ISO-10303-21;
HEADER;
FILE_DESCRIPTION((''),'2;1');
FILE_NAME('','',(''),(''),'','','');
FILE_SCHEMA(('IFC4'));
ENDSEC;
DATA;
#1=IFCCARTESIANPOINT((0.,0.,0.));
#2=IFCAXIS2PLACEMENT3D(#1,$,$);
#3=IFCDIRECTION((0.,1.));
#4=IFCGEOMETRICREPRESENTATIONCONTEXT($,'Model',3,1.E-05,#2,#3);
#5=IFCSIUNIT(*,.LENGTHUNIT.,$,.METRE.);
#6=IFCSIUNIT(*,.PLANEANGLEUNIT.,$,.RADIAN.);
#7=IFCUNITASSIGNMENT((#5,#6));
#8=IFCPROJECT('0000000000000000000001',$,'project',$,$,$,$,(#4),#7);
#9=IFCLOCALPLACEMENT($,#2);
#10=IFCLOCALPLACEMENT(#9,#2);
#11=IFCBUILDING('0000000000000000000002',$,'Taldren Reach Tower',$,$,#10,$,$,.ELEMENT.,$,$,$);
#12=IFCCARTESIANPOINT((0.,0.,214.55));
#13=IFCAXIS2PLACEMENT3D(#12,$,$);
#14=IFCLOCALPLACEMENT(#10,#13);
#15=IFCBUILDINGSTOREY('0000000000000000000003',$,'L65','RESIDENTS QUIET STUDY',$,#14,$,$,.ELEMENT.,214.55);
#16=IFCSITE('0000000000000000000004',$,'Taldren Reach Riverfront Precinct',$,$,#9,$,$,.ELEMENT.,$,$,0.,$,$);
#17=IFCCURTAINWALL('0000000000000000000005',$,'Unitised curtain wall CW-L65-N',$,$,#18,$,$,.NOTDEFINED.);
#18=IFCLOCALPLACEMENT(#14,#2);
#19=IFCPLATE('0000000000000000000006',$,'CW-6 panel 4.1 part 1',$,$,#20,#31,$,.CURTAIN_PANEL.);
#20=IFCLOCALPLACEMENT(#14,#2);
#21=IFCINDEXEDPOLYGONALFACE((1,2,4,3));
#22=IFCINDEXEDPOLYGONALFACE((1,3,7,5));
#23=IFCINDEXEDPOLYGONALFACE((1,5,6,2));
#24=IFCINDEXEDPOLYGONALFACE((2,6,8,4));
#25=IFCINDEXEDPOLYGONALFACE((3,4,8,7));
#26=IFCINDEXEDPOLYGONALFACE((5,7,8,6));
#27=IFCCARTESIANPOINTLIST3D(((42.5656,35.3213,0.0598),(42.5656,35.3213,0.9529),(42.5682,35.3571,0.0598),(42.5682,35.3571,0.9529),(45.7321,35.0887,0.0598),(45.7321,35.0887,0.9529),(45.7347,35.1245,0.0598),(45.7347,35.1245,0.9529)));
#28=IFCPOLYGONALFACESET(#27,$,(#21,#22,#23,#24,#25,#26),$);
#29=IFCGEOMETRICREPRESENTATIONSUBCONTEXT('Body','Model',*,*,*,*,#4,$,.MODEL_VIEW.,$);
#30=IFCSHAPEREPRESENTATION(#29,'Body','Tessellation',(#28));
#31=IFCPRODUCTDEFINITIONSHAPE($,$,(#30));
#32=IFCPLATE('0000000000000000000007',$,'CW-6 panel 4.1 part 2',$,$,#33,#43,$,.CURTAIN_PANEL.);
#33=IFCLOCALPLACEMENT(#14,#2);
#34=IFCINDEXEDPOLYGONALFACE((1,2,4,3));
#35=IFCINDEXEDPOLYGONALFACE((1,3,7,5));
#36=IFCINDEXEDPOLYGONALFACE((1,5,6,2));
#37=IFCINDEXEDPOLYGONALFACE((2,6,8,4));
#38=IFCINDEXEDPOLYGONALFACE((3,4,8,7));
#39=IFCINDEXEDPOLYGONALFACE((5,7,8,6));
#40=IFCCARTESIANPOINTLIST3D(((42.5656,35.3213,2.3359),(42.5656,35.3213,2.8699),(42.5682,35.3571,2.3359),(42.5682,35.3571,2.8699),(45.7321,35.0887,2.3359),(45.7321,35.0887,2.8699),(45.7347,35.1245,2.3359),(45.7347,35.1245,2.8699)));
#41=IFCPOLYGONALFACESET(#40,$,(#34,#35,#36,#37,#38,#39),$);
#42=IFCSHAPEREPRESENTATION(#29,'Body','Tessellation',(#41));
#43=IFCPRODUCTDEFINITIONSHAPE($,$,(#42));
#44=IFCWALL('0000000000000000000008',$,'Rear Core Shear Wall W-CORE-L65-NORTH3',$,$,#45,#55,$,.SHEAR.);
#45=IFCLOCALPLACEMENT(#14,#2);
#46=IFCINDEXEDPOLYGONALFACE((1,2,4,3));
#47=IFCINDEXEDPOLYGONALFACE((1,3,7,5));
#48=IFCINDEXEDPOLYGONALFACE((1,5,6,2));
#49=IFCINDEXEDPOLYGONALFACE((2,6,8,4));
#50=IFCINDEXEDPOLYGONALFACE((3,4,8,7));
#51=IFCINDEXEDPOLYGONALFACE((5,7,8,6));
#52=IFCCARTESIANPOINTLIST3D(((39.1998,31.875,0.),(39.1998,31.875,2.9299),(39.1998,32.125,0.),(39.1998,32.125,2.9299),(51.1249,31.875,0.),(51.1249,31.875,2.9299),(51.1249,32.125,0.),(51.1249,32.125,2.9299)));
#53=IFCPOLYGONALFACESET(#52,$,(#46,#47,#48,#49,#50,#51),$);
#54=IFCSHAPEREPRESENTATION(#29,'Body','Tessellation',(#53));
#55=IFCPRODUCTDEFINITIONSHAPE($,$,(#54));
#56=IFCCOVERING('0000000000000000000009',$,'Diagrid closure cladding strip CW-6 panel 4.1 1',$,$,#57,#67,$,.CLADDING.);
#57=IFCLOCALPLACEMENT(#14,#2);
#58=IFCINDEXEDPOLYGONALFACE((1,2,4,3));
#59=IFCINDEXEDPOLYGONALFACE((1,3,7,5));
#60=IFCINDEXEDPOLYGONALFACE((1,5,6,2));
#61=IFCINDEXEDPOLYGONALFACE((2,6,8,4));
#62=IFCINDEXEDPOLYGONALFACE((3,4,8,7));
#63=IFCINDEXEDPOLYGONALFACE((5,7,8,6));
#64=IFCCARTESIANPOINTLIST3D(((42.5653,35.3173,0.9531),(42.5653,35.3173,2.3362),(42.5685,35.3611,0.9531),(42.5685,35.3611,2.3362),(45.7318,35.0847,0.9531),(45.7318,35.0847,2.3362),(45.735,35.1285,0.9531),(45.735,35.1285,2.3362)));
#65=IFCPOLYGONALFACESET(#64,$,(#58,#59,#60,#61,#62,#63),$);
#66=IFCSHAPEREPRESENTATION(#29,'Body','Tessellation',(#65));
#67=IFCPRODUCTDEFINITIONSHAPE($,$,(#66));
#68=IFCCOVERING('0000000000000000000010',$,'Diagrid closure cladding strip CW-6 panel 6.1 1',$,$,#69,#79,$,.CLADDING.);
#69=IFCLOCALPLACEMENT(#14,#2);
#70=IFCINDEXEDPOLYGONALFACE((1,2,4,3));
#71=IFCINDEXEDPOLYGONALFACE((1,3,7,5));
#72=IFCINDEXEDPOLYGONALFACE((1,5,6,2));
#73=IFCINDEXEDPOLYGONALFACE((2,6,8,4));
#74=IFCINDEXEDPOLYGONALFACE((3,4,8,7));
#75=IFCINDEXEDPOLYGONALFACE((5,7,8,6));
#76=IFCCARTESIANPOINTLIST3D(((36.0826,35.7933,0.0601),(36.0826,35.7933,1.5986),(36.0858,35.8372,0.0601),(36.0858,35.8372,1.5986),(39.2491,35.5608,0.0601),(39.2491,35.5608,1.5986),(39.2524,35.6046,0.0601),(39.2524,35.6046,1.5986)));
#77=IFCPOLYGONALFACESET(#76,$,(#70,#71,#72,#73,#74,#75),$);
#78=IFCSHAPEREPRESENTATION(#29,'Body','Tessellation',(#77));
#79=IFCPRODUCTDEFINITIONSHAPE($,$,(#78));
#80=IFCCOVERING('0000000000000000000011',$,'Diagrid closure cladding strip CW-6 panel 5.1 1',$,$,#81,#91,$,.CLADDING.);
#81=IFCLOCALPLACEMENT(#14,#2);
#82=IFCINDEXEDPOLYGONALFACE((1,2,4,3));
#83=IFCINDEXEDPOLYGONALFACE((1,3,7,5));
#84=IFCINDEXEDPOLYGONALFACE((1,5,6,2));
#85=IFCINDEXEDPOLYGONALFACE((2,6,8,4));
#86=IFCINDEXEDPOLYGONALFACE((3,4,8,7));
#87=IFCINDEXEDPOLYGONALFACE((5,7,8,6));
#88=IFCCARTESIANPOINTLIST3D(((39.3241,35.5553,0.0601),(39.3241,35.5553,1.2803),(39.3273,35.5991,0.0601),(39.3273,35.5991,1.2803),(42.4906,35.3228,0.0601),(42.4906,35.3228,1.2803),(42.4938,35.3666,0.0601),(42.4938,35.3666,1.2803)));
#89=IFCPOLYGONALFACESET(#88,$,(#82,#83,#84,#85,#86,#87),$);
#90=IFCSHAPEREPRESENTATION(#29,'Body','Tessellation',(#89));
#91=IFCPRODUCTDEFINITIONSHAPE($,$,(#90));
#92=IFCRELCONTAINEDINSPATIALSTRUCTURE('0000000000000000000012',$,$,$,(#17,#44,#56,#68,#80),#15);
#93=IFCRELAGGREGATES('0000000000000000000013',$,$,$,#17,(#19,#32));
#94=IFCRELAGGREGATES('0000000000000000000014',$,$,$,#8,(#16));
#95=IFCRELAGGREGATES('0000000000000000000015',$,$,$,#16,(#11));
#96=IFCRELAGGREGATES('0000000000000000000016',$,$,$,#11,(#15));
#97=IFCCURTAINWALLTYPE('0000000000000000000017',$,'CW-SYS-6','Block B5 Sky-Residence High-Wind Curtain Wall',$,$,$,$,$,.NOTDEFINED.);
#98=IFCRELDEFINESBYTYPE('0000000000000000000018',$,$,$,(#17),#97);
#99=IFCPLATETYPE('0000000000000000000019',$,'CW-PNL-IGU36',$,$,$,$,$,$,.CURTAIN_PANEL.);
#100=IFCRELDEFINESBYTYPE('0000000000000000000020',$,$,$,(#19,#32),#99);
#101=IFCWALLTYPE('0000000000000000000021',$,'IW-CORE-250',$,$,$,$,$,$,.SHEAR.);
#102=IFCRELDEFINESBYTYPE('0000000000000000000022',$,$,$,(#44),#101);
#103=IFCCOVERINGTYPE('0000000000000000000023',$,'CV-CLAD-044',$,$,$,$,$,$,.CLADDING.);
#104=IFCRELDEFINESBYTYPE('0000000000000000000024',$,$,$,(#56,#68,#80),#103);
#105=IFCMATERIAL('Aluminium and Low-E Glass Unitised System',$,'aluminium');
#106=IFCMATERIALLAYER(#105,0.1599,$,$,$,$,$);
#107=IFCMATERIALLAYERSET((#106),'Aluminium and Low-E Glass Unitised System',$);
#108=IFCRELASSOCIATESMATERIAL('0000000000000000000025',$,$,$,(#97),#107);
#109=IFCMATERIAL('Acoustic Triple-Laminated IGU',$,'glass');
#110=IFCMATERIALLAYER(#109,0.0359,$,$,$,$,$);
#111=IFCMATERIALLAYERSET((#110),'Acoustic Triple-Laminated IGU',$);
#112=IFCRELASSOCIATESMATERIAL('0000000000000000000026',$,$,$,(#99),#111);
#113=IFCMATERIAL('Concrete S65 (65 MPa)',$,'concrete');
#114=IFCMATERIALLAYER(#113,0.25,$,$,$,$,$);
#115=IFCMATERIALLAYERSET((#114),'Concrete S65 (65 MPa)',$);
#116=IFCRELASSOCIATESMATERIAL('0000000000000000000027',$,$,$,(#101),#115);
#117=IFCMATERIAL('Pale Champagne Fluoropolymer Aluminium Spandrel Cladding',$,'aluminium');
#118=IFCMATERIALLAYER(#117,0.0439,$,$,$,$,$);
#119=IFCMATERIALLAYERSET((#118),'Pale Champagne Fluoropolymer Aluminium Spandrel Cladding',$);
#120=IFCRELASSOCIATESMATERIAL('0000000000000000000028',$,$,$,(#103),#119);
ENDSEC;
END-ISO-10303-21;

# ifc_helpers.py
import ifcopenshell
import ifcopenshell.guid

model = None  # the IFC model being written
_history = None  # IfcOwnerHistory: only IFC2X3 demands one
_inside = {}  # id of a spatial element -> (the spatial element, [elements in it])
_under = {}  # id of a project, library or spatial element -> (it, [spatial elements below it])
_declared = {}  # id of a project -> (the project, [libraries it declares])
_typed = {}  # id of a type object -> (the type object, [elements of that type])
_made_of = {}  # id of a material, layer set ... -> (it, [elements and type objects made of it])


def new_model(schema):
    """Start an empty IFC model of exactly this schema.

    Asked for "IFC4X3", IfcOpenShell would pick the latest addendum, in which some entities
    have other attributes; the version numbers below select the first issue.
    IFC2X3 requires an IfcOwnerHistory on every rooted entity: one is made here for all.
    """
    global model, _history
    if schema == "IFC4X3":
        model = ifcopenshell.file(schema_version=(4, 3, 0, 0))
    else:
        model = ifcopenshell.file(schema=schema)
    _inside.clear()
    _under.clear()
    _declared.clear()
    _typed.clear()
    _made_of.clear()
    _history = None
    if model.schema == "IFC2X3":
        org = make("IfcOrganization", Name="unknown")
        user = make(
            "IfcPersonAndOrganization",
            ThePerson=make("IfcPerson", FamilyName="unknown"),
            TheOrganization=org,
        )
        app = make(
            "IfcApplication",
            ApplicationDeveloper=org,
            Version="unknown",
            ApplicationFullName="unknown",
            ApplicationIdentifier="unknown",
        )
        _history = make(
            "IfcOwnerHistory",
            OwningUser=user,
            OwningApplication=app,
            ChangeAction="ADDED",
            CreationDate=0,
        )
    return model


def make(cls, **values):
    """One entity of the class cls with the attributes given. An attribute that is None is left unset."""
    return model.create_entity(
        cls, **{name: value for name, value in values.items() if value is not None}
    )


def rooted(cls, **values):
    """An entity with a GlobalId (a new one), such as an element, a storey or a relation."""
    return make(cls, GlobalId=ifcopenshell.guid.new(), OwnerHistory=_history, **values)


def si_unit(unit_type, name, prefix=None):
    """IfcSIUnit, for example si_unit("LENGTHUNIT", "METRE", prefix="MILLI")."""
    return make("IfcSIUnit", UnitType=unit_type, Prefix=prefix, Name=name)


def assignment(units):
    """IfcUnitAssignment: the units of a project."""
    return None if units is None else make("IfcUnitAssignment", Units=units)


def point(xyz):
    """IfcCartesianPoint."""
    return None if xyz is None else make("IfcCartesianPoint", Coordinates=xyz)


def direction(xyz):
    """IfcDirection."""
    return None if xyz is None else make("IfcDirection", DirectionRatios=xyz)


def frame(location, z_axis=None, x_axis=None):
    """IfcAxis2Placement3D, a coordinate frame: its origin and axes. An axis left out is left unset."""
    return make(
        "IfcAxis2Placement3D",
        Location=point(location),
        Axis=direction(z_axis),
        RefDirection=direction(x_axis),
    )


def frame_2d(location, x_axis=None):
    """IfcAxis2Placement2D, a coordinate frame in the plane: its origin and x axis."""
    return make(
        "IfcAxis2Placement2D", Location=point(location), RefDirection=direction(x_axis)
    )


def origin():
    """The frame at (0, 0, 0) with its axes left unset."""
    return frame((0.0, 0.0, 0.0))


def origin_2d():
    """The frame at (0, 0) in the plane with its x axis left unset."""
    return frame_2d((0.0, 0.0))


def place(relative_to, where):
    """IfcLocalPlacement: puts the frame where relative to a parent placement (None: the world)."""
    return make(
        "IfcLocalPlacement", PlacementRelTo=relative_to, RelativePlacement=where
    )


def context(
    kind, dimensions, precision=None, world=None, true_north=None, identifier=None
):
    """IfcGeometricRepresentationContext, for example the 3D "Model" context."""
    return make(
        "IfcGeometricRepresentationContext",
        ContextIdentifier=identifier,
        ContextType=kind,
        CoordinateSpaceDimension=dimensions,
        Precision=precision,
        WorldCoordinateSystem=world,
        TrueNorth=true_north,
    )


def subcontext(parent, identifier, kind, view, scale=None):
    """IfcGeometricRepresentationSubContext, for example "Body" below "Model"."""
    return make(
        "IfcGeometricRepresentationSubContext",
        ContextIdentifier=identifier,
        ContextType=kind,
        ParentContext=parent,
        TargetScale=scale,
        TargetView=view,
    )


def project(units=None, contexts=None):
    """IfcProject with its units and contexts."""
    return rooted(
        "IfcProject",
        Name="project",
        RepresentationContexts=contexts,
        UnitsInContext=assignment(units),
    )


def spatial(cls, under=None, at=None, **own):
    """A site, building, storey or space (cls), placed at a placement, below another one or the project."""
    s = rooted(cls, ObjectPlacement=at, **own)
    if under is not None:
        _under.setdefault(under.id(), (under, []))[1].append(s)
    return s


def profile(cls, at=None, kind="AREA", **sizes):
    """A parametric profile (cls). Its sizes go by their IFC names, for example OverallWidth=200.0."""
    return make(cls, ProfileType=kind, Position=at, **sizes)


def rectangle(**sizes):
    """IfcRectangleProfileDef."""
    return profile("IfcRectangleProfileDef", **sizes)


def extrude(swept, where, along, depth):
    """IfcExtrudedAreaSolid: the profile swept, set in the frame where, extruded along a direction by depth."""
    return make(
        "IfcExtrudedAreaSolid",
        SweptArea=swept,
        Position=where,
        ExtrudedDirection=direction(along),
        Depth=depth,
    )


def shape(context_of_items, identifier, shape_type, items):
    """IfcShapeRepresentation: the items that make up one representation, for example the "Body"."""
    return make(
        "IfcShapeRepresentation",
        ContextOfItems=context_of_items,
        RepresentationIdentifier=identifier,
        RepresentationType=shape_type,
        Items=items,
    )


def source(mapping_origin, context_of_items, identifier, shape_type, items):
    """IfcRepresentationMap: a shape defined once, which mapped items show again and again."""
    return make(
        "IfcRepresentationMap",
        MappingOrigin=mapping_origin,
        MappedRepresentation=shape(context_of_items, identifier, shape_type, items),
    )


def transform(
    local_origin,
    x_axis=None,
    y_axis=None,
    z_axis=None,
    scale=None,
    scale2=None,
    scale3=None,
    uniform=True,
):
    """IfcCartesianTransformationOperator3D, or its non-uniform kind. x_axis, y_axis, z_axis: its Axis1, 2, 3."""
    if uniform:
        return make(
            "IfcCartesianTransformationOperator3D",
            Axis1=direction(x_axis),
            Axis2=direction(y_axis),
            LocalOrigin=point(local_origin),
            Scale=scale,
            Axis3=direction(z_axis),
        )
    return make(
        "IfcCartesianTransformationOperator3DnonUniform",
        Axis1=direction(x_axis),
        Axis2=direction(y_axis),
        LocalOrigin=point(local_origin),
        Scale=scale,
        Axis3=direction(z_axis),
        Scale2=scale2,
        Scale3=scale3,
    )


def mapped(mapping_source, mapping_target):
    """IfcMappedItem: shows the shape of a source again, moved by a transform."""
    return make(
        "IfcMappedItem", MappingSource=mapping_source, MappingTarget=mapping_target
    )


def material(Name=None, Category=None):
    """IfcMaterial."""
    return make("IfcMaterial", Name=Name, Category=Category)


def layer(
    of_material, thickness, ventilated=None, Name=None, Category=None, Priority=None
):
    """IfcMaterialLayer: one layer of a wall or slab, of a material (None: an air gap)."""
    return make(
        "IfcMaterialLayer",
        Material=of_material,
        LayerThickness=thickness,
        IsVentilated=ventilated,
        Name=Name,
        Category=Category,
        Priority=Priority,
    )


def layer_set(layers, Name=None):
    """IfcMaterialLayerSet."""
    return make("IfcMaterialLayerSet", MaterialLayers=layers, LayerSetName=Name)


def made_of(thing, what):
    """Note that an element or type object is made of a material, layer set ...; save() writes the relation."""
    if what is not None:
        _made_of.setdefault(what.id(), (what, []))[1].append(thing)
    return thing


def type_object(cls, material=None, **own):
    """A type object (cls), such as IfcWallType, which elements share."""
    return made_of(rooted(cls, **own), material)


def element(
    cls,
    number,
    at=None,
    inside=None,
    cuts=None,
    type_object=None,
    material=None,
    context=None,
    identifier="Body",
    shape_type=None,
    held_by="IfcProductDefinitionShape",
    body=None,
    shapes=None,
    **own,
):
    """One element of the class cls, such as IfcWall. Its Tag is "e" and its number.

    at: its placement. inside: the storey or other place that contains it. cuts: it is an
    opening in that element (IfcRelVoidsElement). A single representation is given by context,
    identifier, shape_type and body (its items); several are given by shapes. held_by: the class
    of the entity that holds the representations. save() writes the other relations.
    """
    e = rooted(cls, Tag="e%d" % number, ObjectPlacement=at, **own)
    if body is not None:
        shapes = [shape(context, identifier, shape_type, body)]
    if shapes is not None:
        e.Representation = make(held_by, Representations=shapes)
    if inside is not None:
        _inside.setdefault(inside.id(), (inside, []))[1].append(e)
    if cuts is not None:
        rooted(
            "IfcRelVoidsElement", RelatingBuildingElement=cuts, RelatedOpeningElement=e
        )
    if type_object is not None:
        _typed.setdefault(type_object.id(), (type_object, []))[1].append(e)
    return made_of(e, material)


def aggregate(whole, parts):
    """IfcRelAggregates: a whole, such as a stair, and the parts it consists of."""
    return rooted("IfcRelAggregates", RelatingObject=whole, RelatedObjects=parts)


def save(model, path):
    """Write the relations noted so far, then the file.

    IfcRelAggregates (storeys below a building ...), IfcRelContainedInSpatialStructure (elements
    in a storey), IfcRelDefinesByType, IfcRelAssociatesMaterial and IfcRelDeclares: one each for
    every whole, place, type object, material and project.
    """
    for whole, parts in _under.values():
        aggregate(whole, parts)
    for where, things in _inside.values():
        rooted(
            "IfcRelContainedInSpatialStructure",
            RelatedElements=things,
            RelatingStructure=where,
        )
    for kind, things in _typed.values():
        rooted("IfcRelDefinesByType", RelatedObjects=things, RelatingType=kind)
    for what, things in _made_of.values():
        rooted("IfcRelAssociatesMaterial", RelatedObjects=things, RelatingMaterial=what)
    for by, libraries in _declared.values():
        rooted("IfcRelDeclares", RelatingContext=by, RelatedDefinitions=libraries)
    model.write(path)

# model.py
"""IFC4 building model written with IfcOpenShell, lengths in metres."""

from ifc_helpers import new_model, si_unit, direction, frame, frame_2d, origin, origin_2d, place, context, subcontext, project, spatial, rectangle, extrude, source, transform, mapped, material, layer, layer_set, type_object, element, aggregate, save


model = new_model("IFC4")

# Units and contexts
model_context = context("Model", 3, precision=1e-05, world=origin(), true_north=direction((0.0, 1.0)))
body_context = subcontext(model_context, "Body", "Model", "MODEL_VIEW")
ifc_project = project(units=[si_unit("LENGTHUNIT", "METRE"), si_unit("PLANEANGLEUNIT", "RADIAN")], contexts=[model_context])

# Site, building, storey
site_placement = place(None, origin())
site = spatial("IfcSite", under=ifc_project, at=site_placement, Name="Taldren Reach Riverfront Precinct", CompositionType="ELEMENT", RefElevation=0.0)
building_placement = place(site_placement, origin())
building = spatial("IfcBuilding", under=site, at=building_placement, Name="Taldren Reach Tower", CompositionType="ELEMENT")
storey_placement = place(building_placement, frame((0.0, 0.0, 214.55)))
storey = spatial("IfcBuildingStorey", under=building, at=storey_placement, Name="L65", Description="RESIDENTS QUIET STUDY", CompositionType="ELEMENT", Elevation=214.55)

# Curtain wall
ifc_material_1 = material(Name="Aluminium and Low-E Glass Unitised System", Category="aluminium")
ifc_layer_1 = layer(ifc_material_1, 0.1599)
ifc_layer_set_1 = layer_set([ifc_layer_1], Name="Aluminium and Low-E Glass Unitised System")
curtain_wall_type = type_object("IfcCurtainWallType", Name="CW-SYS-6", Description="Block B5 Sky-Residence High-Wind Curtain Wall", PredefinedType="NOTDEFINED", material=ifc_layer_set_1)
curtain_wall_placement = place(storey_placement, origin())
curtain_wall = element("IfcCurtainWall", 1, at=curtain_wall_placement, inside=storey, type_object=curtain_wall_type, Name="Unitised curtain wall CW-L65-N", PredefinedType="NOTDEFINED")

# Plates
ifc_material_2 = material(Name="Acoustic Triple-Laminated IGU", Category="glass")
ifc_layer_2 = layer(ifc_material_2, 0.0359)
ifc_layer_set_2 = layer_set([ifc_layer_2], Name="Acoustic Triple-Laminated IGU")
plate_type_1 = type_object("IfcPlateType", Name="CW-PNL-IGU36", PredefinedType="CURTAIN_PANEL", material=ifc_layer_set_2)
shared_shape_1 = source(origin(), body_context, "Body", "SweptSolid", [
    extrude(rectangle(XDim=3.175, YDim=0.0359, at=origin_2d()), origin(), (0.0, 0.0, 1.0), 0.8931),
])
plate_1_placement = place(storey_placement, frame((44.1501, 35.2229, 0.0598), z_axis=(0.0, 0.0, 1.0), x_axis=(-0.997314, 0.073238, 0.0)))
plate_1 = element("IfcPlate", 2, at=plate_1_placement, type_object=plate_type_1, Name="CW-6 panel 4.1 part 1", PredefinedType="CURTAIN_PANEL", context=body_context, shape_type="MappedRepresentation", body=[
    mapped(shared_shape_1, transform((0.0, 0.0, 0.0), scale=1.0)),
])
shared_shape_2 = source(origin(), body_context, "Body", "SweptSolid", [
    extrude(rectangle(XDim=3.175, YDim=0.0359, at=origin_2d()), origin(), (0.0, 0.0, 1.0), 0.5339),
])
plate_2_placement = place(storey_placement, frame((44.1501, 35.2229, 2.3359), z_axis=(0.0, 0.0, 1.0), x_axis=(-0.997314, 0.073238, 0.0)))
plate_2 = element("IfcPlate", 3, at=plate_2_placement, type_object=plate_type_1, Name="CW-6 panel 4.1 part 2", PredefinedType="CURTAIN_PANEL", context=body_context, shape_type="MappedRepresentation", body=[
    mapped(shared_shape_2, transform((0.0, 0.0, 0.0), scale=1.0)),
])
aggregate(curtain_wall, [plate_1, plate_2])

# Wall
ifc_material_3 = material(Name="Concrete S65 (65 MPa)", Category="concrete")
ifc_layer_3 = layer(ifc_material_3, 0.25)
ifc_layer_set_3 = layer_set([ifc_layer_3], Name="Concrete S65 (65 MPa)")
wall_type = type_object("IfcWallType", Name="IW-CORE-250", PredefinedType="SHEAR", material=ifc_layer_set_3)
shared_shape_3 = source(origin(), body_context, "Body", "SweptSolid", [
    extrude(rectangle(XDim=11.925, YDim=0.25, at=frame_2d((5.9624, 0.0))), origin(), (0.0, 0.0, 1.0), 2.9299),
])
wall_placement = place(storey_placement, frame((39.2, 32.0, 0.0), z_axis=(0.0, 0.0, 1.0), x_axis=(1.0, 0.0, 0.0)))
element("IfcWall", 4, at=wall_placement, inside=storey, type_object=wall_type, Name="Rear Core Shear Wall W-CORE-L65-NORTH3", PredefinedType="SHEAR", context=body_context, shape_type="MappedRepresentation", body=[
    mapped(shared_shape_3, transform((0.0, 0.0, 0.0), scale=1.0)),
])

# Coverings
ifc_material_4 = material(Name="Pale Champagne Fluoropolymer Aluminium Spandrel Cladding", Category="aluminium")
ifc_layer_4 = layer(ifc_material_4, 0.0439)
ifc_layer_set_4 = layer_set([ifc_layer_4], Name="Pale Champagne Fluoropolymer Aluminium Spandrel Cladding")
covering_type = type_object("IfcCoveringType", Name="CV-CLAD-044", PredefinedType="CLADDING", material=ifc_layer_set_4)
shared_shape_4 = source(origin(), body_context, "Body", "SweptSolid", [
    extrude(rectangle(XDim=3.175, YDim=0.0439, at=origin_2d()), origin(), (0.0, 0.0, 1.0), 1.3831),
])
covering_1_placement = place(storey_placement, frame((44.1501, 35.2229, 0.9531), z_axis=(0.0, 0.0, 1.0), x_axis=(-0.997314, 0.073238, 0.0)))
element("IfcCovering", 5, at=covering_1_placement, inside=storey, type_object=covering_type, Name="Diagrid closure cladding strip CW-6 panel 4.1 1", PredefinedType="CLADDING", context=body_context, shape_type="MappedRepresentation", body=[
    mapped(shared_shape_4, transform((0.0, 0.0, 0.0), scale=1.0)),
])
shared_shape_5 = source(origin(), body_context, "Body", "SweptSolid", [
    extrude(rectangle(XDim=3.175, YDim=0.0439, at=origin_2d()), origin(), (0.0, 0.0, 1.0), 1.5386),
])
covering_2_placement = place(storey_placement, frame((37.6675, 35.699, 0.0601), z_axis=(0.0, 0.0, 1.0), x_axis=(-0.997314, 0.073238, 0.0)))
element("IfcCovering", 6, at=covering_2_placement, inside=storey, type_object=covering_type, Name="Diagrid closure cladding strip CW-6 panel 6.1 1", PredefinedType="CLADDING", context=body_context, shape_type="MappedRepresentation", body=[
    mapped(shared_shape_5, transform((0.0, 0.0, 0.0), scale=1.0)),
])
shared_shape_6 = source(origin(), body_context, "Body", "SweptSolid", [
    extrude(rectangle(XDim=3.175, YDim=0.0439, at=origin_2d()), origin(), (0.0, 0.0, 1.0), 1.2202),
])
covering_3_placement = place(storey_placement, frame((40.9089, 35.4609, 0.0601), z_axis=(0.0, 0.0, 1.0), x_axis=(-0.997314, 0.073238, 0.0)))
element("IfcCovering", 7, at=covering_3_placement, inside=storey, type_object=covering_type, Name="Diagrid closure cladding strip CW-6 panel 5.1 1", PredefinedType="CLADDING", context=body_context, shape_type="MappedRepresentation", body=[
    mapped(shared_shape_6, transform((0.0, 0.0, 0.0), scale=1.0)),
])

save(model, "model.ifc")
